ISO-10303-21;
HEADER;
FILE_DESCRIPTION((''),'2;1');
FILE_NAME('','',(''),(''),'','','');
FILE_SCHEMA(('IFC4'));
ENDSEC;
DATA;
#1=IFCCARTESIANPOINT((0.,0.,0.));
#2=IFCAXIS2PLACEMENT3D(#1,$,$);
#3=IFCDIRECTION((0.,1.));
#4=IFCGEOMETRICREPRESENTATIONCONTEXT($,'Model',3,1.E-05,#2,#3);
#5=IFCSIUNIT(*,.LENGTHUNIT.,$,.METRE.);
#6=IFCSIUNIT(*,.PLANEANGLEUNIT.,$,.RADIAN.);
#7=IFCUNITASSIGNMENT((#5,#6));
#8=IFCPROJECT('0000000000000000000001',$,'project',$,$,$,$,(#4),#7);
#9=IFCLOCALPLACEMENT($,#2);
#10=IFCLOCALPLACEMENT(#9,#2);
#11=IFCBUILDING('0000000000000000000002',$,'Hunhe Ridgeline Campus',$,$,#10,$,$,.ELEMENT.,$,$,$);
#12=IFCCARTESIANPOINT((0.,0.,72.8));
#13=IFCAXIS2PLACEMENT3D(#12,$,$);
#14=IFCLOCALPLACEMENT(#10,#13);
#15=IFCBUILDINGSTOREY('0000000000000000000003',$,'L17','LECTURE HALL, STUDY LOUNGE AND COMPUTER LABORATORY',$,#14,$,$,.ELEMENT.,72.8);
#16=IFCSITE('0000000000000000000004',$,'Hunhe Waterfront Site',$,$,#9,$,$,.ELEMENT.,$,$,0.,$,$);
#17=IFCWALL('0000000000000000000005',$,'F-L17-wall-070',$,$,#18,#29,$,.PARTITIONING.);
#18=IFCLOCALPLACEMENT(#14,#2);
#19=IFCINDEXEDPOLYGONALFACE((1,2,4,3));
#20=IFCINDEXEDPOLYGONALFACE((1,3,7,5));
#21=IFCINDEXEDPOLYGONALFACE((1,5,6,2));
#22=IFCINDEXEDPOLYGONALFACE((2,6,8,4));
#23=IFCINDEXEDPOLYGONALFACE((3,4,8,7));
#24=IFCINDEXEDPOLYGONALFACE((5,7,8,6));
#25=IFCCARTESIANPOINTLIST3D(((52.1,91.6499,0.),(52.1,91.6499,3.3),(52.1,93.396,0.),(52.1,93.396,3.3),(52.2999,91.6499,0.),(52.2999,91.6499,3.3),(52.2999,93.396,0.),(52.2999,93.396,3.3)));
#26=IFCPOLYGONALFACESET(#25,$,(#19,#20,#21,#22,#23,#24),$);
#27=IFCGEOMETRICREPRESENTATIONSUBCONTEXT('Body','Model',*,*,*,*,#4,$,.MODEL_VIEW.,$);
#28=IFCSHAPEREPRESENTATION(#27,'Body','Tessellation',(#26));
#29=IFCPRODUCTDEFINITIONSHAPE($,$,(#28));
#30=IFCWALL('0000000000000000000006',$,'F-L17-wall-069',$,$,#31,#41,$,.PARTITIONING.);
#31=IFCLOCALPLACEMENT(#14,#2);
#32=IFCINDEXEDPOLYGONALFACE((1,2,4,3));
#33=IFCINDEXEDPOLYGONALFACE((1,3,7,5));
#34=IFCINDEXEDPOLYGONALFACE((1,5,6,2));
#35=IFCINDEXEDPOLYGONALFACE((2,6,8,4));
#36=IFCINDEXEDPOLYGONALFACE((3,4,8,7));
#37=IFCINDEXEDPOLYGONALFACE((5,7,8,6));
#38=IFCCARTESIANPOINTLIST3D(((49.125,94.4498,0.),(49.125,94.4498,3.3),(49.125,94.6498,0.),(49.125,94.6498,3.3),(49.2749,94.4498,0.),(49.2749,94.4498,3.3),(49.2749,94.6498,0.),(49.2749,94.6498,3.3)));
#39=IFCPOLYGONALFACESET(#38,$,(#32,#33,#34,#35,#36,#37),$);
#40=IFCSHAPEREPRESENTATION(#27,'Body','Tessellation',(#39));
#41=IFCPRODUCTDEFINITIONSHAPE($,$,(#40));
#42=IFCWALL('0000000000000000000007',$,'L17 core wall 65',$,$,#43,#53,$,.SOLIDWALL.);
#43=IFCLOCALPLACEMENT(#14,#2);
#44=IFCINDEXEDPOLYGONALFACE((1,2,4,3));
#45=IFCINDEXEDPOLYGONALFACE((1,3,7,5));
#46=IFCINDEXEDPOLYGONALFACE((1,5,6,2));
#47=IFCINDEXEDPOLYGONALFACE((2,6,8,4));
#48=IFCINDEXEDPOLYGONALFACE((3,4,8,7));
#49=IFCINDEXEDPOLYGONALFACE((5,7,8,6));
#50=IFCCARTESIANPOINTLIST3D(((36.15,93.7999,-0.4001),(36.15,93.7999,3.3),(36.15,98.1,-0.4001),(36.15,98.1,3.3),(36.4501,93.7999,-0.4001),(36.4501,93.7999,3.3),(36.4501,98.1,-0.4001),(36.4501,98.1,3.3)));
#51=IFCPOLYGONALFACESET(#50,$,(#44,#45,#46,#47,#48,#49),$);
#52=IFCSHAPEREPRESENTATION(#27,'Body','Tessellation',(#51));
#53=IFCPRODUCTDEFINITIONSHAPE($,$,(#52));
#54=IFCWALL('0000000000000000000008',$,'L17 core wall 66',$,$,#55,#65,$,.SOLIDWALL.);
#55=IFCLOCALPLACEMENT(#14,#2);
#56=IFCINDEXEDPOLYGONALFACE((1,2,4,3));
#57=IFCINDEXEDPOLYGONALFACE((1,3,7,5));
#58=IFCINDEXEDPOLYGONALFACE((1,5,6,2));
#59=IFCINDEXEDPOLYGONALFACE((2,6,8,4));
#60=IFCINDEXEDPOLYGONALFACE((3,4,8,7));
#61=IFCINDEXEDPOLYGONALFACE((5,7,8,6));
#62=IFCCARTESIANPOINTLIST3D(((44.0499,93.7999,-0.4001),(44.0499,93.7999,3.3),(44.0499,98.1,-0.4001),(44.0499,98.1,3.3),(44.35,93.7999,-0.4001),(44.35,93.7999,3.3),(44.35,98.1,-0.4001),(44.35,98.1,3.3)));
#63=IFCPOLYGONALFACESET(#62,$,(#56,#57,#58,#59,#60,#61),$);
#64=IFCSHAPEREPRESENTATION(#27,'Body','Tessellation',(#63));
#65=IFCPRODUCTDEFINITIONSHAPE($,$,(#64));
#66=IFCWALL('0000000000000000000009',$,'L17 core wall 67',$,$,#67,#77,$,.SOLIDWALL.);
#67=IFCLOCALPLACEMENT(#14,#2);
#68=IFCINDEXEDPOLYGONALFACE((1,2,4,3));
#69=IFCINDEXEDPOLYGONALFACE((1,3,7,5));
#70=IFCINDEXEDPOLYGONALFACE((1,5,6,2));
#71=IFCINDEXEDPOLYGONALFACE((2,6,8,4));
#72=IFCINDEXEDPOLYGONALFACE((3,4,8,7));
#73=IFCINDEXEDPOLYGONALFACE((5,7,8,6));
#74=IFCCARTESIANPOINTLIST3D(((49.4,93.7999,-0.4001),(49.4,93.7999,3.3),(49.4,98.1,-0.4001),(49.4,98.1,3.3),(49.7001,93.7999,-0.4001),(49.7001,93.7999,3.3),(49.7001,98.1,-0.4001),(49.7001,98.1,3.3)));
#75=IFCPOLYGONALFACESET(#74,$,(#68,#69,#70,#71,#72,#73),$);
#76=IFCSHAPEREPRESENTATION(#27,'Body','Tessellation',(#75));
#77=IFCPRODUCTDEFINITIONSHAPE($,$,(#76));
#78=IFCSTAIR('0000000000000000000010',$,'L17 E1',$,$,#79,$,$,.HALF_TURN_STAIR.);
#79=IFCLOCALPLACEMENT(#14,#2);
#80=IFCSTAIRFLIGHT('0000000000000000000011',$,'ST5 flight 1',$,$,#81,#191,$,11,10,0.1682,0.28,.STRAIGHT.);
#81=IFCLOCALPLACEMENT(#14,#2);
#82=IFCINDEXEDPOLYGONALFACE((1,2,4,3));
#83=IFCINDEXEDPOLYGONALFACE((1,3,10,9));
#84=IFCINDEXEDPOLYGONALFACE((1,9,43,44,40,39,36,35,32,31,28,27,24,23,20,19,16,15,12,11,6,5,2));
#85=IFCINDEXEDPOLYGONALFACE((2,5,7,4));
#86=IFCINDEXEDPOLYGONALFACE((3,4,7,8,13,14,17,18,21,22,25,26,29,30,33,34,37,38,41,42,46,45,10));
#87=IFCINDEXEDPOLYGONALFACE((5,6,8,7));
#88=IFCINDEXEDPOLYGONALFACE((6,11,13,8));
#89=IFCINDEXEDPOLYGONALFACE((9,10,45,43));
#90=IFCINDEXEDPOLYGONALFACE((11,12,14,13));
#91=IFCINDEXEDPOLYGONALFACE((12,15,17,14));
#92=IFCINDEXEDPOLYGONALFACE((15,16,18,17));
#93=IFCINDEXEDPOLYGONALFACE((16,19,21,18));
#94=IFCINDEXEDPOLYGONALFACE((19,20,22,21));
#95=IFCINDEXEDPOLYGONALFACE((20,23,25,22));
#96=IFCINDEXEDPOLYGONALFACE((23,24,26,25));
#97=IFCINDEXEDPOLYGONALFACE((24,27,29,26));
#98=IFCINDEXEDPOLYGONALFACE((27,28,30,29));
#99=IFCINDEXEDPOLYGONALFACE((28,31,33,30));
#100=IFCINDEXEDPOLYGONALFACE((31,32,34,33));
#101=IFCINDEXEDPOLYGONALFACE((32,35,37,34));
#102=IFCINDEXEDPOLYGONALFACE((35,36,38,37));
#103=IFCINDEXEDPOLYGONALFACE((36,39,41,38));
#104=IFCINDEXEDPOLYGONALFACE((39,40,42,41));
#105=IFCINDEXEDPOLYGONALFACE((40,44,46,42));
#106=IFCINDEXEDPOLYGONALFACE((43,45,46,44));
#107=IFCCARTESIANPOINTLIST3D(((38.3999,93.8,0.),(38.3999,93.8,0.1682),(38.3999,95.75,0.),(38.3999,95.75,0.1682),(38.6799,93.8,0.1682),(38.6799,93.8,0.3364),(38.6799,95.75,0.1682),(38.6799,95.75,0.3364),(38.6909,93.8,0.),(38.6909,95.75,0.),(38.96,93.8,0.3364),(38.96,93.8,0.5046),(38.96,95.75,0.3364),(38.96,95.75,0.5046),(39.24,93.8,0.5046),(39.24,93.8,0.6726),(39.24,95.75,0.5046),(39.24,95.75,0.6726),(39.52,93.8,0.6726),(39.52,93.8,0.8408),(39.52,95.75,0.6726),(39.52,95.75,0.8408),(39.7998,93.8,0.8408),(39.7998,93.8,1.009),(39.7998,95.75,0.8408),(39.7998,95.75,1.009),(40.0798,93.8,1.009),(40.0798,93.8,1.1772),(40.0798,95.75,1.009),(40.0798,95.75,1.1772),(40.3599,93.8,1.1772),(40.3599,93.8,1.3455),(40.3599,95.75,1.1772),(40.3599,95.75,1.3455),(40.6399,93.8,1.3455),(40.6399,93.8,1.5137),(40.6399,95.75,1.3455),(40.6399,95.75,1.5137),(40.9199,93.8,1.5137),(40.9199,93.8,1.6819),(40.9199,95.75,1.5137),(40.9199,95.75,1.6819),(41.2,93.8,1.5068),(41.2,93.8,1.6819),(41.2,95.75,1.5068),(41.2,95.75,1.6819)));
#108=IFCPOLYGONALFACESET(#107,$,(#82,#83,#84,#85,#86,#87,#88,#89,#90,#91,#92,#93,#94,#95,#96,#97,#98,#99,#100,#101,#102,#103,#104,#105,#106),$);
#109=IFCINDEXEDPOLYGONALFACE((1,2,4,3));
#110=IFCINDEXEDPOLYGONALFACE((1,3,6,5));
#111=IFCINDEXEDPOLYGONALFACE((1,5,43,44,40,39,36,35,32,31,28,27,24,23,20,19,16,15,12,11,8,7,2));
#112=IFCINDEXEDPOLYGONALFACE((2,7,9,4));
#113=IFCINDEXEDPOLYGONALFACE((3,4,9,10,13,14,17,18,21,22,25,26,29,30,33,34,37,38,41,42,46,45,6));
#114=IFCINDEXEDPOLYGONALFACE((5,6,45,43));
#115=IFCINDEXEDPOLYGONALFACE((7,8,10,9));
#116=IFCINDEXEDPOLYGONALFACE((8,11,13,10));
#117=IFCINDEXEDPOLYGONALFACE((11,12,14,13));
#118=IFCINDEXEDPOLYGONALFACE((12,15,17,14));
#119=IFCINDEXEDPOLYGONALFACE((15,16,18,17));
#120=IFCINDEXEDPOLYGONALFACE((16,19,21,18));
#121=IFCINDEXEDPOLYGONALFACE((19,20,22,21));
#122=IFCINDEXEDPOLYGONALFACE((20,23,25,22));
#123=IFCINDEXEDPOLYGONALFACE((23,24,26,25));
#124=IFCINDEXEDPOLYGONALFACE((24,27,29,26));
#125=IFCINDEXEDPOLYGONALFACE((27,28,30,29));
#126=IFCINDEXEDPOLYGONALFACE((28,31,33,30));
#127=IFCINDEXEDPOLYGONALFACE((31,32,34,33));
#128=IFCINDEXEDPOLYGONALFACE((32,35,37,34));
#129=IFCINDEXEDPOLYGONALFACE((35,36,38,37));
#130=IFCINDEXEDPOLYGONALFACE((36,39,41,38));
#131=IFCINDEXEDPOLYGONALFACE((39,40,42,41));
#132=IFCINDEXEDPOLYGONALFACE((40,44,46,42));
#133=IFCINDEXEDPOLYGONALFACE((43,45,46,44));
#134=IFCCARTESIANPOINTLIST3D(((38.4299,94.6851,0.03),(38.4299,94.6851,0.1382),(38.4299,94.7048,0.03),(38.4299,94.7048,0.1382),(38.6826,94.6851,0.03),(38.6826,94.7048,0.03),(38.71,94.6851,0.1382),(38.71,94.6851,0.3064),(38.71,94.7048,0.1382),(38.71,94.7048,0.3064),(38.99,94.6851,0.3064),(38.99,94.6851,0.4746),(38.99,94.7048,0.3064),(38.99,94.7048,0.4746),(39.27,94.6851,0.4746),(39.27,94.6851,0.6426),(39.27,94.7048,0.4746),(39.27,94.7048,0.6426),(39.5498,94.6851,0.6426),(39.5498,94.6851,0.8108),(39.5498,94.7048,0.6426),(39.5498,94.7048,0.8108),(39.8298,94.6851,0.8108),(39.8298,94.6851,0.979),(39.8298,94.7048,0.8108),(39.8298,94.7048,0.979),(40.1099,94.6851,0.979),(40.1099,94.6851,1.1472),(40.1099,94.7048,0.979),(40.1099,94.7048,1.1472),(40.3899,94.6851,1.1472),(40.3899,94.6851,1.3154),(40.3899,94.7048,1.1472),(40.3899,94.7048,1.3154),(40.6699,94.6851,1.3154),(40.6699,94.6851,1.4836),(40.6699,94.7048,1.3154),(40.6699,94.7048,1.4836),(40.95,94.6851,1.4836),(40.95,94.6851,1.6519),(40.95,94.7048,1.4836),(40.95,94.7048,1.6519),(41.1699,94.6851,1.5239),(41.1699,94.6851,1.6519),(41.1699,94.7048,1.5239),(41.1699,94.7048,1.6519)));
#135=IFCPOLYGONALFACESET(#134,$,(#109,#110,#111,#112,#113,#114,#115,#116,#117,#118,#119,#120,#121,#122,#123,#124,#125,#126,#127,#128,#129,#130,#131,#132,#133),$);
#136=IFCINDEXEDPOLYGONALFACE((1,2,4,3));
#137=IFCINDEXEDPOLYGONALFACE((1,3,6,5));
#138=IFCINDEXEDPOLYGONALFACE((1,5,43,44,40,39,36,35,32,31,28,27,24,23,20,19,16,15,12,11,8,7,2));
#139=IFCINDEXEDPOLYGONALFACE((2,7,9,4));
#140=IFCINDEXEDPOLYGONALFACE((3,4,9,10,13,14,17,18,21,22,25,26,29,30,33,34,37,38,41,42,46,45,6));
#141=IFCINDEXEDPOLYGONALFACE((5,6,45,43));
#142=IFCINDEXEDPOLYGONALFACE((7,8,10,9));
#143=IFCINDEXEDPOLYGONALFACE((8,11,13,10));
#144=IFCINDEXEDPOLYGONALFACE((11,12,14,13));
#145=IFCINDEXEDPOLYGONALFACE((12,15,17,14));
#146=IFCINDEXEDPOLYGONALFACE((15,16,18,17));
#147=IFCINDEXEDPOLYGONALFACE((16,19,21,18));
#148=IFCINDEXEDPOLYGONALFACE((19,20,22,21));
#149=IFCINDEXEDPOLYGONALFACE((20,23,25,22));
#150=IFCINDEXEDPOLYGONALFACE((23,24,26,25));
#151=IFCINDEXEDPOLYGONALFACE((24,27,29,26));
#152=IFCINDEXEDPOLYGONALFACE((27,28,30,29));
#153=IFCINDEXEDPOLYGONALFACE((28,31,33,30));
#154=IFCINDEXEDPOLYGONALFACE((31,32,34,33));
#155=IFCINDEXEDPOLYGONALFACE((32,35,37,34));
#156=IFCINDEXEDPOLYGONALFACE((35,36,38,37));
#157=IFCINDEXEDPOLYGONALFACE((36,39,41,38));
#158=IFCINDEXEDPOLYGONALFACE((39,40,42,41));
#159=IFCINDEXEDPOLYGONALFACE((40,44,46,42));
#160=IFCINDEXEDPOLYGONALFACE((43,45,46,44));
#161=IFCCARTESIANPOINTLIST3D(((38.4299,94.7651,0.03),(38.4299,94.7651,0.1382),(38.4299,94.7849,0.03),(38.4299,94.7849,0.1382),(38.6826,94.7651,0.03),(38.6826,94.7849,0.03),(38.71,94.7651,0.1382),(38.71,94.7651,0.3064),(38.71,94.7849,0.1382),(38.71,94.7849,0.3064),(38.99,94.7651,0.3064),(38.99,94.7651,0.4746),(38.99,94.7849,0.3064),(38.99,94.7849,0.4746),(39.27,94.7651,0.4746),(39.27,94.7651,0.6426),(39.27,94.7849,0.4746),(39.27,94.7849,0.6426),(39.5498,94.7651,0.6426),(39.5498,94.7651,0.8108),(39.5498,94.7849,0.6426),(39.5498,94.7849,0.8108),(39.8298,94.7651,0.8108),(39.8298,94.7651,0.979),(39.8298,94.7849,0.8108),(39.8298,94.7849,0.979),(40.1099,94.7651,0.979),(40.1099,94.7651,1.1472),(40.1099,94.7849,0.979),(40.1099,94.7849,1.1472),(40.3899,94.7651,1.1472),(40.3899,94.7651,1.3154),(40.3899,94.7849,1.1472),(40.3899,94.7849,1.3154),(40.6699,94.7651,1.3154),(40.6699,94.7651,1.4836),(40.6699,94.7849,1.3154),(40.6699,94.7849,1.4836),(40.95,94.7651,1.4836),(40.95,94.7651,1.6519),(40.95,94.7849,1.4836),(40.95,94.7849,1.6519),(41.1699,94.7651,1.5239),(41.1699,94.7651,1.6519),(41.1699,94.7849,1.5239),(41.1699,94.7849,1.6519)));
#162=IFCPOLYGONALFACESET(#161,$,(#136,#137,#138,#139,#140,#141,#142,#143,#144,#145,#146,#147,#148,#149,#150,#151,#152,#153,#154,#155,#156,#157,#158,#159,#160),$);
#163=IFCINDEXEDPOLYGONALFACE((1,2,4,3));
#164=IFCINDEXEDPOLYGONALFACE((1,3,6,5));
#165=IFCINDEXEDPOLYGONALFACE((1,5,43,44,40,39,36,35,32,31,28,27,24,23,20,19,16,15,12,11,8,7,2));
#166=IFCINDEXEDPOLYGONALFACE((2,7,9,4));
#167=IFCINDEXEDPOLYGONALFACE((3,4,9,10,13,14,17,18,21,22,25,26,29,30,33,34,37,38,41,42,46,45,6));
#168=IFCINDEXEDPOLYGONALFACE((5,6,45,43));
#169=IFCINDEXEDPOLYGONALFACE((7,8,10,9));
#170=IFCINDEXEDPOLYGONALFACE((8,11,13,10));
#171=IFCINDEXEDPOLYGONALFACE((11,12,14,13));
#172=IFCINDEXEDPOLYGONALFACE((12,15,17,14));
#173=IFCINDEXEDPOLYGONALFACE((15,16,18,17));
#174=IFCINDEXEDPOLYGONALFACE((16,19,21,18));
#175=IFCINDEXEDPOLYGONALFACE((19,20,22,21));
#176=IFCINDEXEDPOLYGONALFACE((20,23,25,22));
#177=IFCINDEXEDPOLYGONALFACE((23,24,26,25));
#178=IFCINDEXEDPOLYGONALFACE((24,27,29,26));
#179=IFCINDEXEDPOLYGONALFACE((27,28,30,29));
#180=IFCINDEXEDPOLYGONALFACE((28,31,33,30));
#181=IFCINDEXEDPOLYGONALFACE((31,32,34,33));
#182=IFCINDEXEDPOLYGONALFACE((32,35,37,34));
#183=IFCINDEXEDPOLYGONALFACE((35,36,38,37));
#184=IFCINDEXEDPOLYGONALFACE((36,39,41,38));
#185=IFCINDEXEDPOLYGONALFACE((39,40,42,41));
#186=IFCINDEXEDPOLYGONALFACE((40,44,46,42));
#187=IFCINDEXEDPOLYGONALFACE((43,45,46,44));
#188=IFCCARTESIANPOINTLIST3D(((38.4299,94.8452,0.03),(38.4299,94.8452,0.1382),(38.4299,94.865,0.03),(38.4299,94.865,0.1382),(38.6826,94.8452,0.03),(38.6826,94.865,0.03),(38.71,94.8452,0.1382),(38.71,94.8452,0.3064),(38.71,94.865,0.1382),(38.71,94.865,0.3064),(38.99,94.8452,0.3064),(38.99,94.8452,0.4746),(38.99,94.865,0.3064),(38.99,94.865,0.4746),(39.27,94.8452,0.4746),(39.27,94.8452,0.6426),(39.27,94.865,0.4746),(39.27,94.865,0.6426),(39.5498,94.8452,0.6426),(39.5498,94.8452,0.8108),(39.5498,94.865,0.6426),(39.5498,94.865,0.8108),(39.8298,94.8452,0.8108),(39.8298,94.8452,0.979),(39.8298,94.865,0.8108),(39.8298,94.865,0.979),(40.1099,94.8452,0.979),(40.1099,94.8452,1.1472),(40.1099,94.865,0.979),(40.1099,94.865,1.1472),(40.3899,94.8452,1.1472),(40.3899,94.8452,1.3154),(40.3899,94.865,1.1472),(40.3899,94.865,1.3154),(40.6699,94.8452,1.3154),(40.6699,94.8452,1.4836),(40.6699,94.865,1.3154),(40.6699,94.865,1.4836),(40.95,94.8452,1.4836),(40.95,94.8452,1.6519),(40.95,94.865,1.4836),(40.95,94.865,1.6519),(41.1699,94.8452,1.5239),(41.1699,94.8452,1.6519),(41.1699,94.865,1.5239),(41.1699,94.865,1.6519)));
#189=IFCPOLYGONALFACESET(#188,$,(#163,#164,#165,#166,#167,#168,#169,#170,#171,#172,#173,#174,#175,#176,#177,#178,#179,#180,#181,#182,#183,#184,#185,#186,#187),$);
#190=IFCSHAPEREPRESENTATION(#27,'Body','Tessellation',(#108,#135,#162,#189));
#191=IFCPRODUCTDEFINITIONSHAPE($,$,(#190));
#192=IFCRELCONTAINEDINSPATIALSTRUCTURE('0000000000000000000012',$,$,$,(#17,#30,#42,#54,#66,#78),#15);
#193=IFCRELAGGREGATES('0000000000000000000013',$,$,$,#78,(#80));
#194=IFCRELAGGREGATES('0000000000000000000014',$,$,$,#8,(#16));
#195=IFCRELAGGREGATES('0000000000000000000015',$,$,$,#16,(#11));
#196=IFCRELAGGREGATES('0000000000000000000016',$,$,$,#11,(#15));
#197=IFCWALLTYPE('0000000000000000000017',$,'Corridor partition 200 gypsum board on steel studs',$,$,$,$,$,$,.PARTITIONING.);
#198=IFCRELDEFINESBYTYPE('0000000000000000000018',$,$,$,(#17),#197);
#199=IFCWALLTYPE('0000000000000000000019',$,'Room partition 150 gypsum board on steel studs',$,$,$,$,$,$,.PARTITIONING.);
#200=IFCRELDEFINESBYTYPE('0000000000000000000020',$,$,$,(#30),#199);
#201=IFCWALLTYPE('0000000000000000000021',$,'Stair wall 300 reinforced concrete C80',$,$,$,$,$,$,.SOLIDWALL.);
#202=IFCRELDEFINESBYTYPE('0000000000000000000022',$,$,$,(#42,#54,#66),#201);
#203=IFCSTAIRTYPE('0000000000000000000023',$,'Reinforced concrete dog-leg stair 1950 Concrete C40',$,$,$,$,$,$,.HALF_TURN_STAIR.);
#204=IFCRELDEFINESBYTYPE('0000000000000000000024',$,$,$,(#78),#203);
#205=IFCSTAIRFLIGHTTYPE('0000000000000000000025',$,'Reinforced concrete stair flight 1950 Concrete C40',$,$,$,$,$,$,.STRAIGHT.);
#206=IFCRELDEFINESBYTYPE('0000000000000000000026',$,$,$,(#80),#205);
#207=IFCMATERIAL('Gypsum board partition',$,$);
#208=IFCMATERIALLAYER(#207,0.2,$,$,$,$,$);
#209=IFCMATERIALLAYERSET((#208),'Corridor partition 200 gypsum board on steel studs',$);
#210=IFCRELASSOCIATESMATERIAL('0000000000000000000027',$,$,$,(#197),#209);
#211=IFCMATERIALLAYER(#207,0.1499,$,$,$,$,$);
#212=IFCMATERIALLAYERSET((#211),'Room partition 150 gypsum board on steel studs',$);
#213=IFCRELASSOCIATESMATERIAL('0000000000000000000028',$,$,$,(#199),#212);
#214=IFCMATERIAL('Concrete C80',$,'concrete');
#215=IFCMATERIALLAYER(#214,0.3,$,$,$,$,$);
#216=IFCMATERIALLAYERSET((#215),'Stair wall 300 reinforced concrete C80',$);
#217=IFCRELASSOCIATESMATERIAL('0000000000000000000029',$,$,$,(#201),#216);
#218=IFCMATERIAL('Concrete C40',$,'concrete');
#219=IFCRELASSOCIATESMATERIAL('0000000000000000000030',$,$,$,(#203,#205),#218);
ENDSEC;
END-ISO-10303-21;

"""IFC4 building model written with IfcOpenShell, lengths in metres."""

from ifc_helpers import new_model, si_unit, direction, frame, frame_2d, origin, place, context, subcontext, project, spatial, polyline, rectangle, outline, extrude, material, layer, layer_set, type_object, element, aggregate, save


model = new_model("IFC4")

# Units and contexts
model_context = context("Model", 3, precision=1e-05, world=origin(), true_north=direction((0.0, 1.0)))
body_context = subcontext(model_context, "Body", "Model", "MODEL_VIEW")
ifc_project = project(units=[si_unit("LENGTHUNIT", "METRE"), si_unit("PLANEANGLEUNIT", "RADIAN")], contexts=[model_context])

# Site, building, storey
site_placement = place(None, origin())
site = spatial("IfcSite", under=ifc_project, at=site_placement, Name="Hunhe Waterfront Site", CompositionType="ELEMENT", RefElevation=0.0)
building_placement = place(site_placement, origin())
building = spatial("IfcBuilding", under=site, at=building_placement, Name="Hunhe Ridgeline Campus", CompositionType="ELEMENT")
storey_placement = place(building_placement, frame((0.0, 0.0, 72.8)))
storey = spatial("IfcBuildingStorey", under=building, at=storey_placement, Name="L17", Description="LECTURE HALL, STUDY LOUNGE AND COMPUTER LABORATORY", CompositionType="ELEMENT", Elevation=72.8)

# Shared definitions
ifc_material_1 = material(Name="Gypsum board partition")
ifc_layer_1 = layer(ifc_material_1, 0.2)
ifc_layer_set_1 = layer_set([ifc_layer_1], Name="Corridor partition 200 gypsum board on steel studs")
wall_type_1 = type_object("IfcWallType", Name="Corridor partition 200 gypsum board on steel studs", PredefinedType="PARTITIONING", material=ifc_layer_set_1)

# Walls
wall_1_placement = place(storey_placement, frame((52.2, 93.396, 0.0), z_axis=(0.0, 0.0, 1.0), x_axis=(0.0, -1.0, 0.0)))
element("IfcWall", 1, at=wall_1_placement, inside=storey, type_object=wall_type_1, Name="F-L17-wall-070", PredefinedType="PARTITIONING", context=body_context, shape_type="SweptSolid", body=[
    extrude(rectangle(XDim=1.7461, YDim=0.2, at=frame_2d((0.873, 0.0))), origin(), (0.0, 0.0, 1.0), 3.3),
])
ifc_layer_2 = layer(ifc_material_1, 0.1499)
ifc_layer_set_2 = layer_set([ifc_layer_2], Name="Room partition 150 gypsum board on steel studs")
wall_type_2 = type_object("IfcWallType", Name="Room partition 150 gypsum board on steel studs", PredefinedType="PARTITIONING", material=ifc_layer_set_2)
wall_2_placement = place(storey_placement, frame((49.2, 94.6499, 0.0), z_axis=(0.0, 0.0, 1.0), x_axis=(0.0, -1.0, 0.0)))
element("IfcWall", 2, at=wall_2_placement, inside=storey, type_object=wall_type_2, Name="F-L17-wall-069", PredefinedType="PARTITIONING", context=body_context, shape_type="SweptSolid", body=[
    extrude(rectangle(XDim=0.2, YDim=0.1499, at=frame_2d((0.1001, 0.0))), origin(), (0.0, 0.0, 1.0), 3.3),
])

# Shared definitions
ifc_material_2 = material(Name="Concrete C80", Category="concrete")
ifc_layer_3 = layer(ifc_material_2, 0.3)
ifc_layer_set_3 = layer_set([ifc_layer_3], Name="Stair wall 300 reinforced concrete C80")
wall_type_3 = type_object("IfcWallType", Name="Stair wall 300 reinforced concrete C80", PredefinedType="SOLIDWALL", material=ifc_layer_set_3)

# Walls
for number, where, z_axis, x_axis, name in (
    (3, (36.3, 93.8, -0.4001), (0.0, 0.0, 1.0), (0.0, 1.0, 0.0), "L17 core wall 65"),
    (4, (44.2, 93.8, -0.4001), (0.0, 0.0, 1.0), (0.0, 1.0, 0.0), "L17 core wall 66"),
    (5, (49.55, 93.8, -0.4001), (0.0, 0.0, 1.0), (0.0, 1.0, 0.0), "L17 core wall 67"),
):
    element("IfcWall", number, at=place(storey_placement, frame(where, z_axis=z_axis, x_axis=x_axis)), inside=storey, type_object=wall_type_3, Name=name, PredefinedType="SOLIDWALL", context=body_context, shape_type="SweptSolid", body=[
        extrude(rectangle(XDim=4.3, YDim=0.3, at=frame_2d((2.1499, 0.0))), origin(), (0.0, 0.0, 1.0), 3.7002),
    ])

# Stair, stair flight
ifc_material_3 = material(Name="Concrete C40", Category="concrete")
stair_type = type_object("IfcStairType", Name="Reinforced concrete dog-leg stair 1950 Concrete C40", PredefinedType="HALF_TURN_STAIR", material=ifc_material_3)
stair_1_placement = place(storey_placement, origin())
stair_1 = element("IfcStair", 6, at=stair_1_placement, inside=storey, type_object=stair_type, Name="L17 E1", PredefinedType="HALF_TURN_STAIR")
stair_flight_type = type_object("IfcStairFlightType", Name="Reinforced concrete stair flight 1950 Concrete C40", PredefinedType="STRAIGHT", material=ifc_material_3)
stair_flight_1_placement = place(storey_placement, frame((38.3999, 94.7749, 0.0), z_axis=(0.0, 0.0, 1.0), x_axis=(1.0, 0.0, 0.0)))
stair_flight_1 = element("IfcStairFlight", 7, at=stair_flight_1_placement, type_object=stair_flight_type, Name="ST5 flight 1", NumberOfRisers=11, NumberOfTreads=10, PredefinedType="STRAIGHT", RiserHeight=0.1682, TreadLength=0.28, context=body_context, shape_type="SweptSolid", body=[
    extrude(outline(polyline([(0.0, 0.0), (0.0, 0.1682), (0.28, 0.1682), (0.28, 0.3364), (0.5601, 0.3364), (0.5601, 0.5046), (0.8401, 0.5046), (0.8401, 0.6726), (1.1201, 0.6726), (1.1201, 0.8408), (1.3999, 0.8408), (1.3999, 1.009), (1.6799, 1.009), (1.6799, 1.1772), (1.96, 1.1772), (1.96, 1.3455), (2.24, 1.3455), (2.24, 1.5137), (2.52, 1.5137), (2.52, 1.6819), (2.8, 1.6819), (2.8, 1.8501), (2.8, 1.5068), (0.291, 0.0), (0.0, 0.0)])), frame((0.0, 0.9751, 0.0), z_axis=(0.0, -1.0, 0.0), x_axis=(1.0, 0.0, 0.0)), (0.0, 0.0, 1.0), 1.95),
    extrude(outline(polyline([(0.03, 0.03), (0.03, 0.1382), (0.3101, 0.1382), (0.3101, 0.3064), (0.5901, 0.3064), (0.5901, 0.4746), (0.8701, 0.4746), (0.8701, 0.6426), (1.1499, 0.6426), (1.1499, 0.8108), (1.4299, 0.8108), (1.4299, 0.979), (1.71, 0.979), (1.71, 1.1472), (1.99, 1.1472), (1.99, 1.3154), (2.27, 1.3154), (2.27, 1.4836), (2.55, 1.4836), (2.55, 1.6519), (2.77, 1.6519), (2.77, 1.5239), (0.2827, 0.03), (0.03, 0.03)])), frame((0.0, -0.0701, 0.0), z_axis=(0.0, -1.0, 0.0), x_axis=(1.0, 0.0, 0.0)), (0.0, 0.0, 1.0), 0.0198),
    extrude(outline(polyline([(0.03, 0.03), (0.03, 0.1382), (0.3101, 0.1382), (0.3101, 0.3064), (0.5901, 0.3064), (0.5901, 0.4746), (0.8701, 0.4746), (0.8701, 0.6426), (1.1499, 0.6426), (1.1499, 0.8108), (1.4299, 0.8108), (1.4299, 0.979), (1.71, 0.979), (1.71, 1.1472), (1.99, 1.1472), (1.99, 1.3154), (2.27, 1.3154), (2.27, 1.4836), (2.55, 1.4836), (2.55, 1.6519), (2.77, 1.6519), (2.77, 1.5239), (0.2827, 0.03), (0.03, 0.03)])), frame((0.0, 0.01, 0.0), z_axis=(0.0, -1.0, 0.0), x_axis=(1.0, 0.0, 0.0)), (0.0, 0.0, 1.0), 0.0198),
    extrude(outline(polyline([(0.03, 0.03), (0.03, 0.1382), (0.3101, 0.1382), (0.3101, 0.3064), (0.5901, 0.3064), (0.5901, 0.4746), (0.8701, 0.4746), (0.8701, 0.6426), (1.1499, 0.6426), (1.1499, 0.8108), (1.4299, 0.8108), (1.4299, 0.979), (1.71, 0.979), (1.71, 1.1472), (1.99, 1.1472), (1.99, 1.3154), (2.27, 1.3154), (2.27, 1.4836), (2.55, 1.4836), (2.55, 1.6519), (2.77, 1.6519), (2.77, 1.5239), (0.2827, 0.03), (0.03, 0.03)])), frame((0.0, 0.0901, 0.0), z_axis=(0.0, -1.0, 0.0), x_axis=(1.0, 0.0, 0.0)), (0.0, 0.0, 1.0), 0.0198),
])
aggregate(stair_1, [stair_flight_1])

save(model, "model.ifc")
